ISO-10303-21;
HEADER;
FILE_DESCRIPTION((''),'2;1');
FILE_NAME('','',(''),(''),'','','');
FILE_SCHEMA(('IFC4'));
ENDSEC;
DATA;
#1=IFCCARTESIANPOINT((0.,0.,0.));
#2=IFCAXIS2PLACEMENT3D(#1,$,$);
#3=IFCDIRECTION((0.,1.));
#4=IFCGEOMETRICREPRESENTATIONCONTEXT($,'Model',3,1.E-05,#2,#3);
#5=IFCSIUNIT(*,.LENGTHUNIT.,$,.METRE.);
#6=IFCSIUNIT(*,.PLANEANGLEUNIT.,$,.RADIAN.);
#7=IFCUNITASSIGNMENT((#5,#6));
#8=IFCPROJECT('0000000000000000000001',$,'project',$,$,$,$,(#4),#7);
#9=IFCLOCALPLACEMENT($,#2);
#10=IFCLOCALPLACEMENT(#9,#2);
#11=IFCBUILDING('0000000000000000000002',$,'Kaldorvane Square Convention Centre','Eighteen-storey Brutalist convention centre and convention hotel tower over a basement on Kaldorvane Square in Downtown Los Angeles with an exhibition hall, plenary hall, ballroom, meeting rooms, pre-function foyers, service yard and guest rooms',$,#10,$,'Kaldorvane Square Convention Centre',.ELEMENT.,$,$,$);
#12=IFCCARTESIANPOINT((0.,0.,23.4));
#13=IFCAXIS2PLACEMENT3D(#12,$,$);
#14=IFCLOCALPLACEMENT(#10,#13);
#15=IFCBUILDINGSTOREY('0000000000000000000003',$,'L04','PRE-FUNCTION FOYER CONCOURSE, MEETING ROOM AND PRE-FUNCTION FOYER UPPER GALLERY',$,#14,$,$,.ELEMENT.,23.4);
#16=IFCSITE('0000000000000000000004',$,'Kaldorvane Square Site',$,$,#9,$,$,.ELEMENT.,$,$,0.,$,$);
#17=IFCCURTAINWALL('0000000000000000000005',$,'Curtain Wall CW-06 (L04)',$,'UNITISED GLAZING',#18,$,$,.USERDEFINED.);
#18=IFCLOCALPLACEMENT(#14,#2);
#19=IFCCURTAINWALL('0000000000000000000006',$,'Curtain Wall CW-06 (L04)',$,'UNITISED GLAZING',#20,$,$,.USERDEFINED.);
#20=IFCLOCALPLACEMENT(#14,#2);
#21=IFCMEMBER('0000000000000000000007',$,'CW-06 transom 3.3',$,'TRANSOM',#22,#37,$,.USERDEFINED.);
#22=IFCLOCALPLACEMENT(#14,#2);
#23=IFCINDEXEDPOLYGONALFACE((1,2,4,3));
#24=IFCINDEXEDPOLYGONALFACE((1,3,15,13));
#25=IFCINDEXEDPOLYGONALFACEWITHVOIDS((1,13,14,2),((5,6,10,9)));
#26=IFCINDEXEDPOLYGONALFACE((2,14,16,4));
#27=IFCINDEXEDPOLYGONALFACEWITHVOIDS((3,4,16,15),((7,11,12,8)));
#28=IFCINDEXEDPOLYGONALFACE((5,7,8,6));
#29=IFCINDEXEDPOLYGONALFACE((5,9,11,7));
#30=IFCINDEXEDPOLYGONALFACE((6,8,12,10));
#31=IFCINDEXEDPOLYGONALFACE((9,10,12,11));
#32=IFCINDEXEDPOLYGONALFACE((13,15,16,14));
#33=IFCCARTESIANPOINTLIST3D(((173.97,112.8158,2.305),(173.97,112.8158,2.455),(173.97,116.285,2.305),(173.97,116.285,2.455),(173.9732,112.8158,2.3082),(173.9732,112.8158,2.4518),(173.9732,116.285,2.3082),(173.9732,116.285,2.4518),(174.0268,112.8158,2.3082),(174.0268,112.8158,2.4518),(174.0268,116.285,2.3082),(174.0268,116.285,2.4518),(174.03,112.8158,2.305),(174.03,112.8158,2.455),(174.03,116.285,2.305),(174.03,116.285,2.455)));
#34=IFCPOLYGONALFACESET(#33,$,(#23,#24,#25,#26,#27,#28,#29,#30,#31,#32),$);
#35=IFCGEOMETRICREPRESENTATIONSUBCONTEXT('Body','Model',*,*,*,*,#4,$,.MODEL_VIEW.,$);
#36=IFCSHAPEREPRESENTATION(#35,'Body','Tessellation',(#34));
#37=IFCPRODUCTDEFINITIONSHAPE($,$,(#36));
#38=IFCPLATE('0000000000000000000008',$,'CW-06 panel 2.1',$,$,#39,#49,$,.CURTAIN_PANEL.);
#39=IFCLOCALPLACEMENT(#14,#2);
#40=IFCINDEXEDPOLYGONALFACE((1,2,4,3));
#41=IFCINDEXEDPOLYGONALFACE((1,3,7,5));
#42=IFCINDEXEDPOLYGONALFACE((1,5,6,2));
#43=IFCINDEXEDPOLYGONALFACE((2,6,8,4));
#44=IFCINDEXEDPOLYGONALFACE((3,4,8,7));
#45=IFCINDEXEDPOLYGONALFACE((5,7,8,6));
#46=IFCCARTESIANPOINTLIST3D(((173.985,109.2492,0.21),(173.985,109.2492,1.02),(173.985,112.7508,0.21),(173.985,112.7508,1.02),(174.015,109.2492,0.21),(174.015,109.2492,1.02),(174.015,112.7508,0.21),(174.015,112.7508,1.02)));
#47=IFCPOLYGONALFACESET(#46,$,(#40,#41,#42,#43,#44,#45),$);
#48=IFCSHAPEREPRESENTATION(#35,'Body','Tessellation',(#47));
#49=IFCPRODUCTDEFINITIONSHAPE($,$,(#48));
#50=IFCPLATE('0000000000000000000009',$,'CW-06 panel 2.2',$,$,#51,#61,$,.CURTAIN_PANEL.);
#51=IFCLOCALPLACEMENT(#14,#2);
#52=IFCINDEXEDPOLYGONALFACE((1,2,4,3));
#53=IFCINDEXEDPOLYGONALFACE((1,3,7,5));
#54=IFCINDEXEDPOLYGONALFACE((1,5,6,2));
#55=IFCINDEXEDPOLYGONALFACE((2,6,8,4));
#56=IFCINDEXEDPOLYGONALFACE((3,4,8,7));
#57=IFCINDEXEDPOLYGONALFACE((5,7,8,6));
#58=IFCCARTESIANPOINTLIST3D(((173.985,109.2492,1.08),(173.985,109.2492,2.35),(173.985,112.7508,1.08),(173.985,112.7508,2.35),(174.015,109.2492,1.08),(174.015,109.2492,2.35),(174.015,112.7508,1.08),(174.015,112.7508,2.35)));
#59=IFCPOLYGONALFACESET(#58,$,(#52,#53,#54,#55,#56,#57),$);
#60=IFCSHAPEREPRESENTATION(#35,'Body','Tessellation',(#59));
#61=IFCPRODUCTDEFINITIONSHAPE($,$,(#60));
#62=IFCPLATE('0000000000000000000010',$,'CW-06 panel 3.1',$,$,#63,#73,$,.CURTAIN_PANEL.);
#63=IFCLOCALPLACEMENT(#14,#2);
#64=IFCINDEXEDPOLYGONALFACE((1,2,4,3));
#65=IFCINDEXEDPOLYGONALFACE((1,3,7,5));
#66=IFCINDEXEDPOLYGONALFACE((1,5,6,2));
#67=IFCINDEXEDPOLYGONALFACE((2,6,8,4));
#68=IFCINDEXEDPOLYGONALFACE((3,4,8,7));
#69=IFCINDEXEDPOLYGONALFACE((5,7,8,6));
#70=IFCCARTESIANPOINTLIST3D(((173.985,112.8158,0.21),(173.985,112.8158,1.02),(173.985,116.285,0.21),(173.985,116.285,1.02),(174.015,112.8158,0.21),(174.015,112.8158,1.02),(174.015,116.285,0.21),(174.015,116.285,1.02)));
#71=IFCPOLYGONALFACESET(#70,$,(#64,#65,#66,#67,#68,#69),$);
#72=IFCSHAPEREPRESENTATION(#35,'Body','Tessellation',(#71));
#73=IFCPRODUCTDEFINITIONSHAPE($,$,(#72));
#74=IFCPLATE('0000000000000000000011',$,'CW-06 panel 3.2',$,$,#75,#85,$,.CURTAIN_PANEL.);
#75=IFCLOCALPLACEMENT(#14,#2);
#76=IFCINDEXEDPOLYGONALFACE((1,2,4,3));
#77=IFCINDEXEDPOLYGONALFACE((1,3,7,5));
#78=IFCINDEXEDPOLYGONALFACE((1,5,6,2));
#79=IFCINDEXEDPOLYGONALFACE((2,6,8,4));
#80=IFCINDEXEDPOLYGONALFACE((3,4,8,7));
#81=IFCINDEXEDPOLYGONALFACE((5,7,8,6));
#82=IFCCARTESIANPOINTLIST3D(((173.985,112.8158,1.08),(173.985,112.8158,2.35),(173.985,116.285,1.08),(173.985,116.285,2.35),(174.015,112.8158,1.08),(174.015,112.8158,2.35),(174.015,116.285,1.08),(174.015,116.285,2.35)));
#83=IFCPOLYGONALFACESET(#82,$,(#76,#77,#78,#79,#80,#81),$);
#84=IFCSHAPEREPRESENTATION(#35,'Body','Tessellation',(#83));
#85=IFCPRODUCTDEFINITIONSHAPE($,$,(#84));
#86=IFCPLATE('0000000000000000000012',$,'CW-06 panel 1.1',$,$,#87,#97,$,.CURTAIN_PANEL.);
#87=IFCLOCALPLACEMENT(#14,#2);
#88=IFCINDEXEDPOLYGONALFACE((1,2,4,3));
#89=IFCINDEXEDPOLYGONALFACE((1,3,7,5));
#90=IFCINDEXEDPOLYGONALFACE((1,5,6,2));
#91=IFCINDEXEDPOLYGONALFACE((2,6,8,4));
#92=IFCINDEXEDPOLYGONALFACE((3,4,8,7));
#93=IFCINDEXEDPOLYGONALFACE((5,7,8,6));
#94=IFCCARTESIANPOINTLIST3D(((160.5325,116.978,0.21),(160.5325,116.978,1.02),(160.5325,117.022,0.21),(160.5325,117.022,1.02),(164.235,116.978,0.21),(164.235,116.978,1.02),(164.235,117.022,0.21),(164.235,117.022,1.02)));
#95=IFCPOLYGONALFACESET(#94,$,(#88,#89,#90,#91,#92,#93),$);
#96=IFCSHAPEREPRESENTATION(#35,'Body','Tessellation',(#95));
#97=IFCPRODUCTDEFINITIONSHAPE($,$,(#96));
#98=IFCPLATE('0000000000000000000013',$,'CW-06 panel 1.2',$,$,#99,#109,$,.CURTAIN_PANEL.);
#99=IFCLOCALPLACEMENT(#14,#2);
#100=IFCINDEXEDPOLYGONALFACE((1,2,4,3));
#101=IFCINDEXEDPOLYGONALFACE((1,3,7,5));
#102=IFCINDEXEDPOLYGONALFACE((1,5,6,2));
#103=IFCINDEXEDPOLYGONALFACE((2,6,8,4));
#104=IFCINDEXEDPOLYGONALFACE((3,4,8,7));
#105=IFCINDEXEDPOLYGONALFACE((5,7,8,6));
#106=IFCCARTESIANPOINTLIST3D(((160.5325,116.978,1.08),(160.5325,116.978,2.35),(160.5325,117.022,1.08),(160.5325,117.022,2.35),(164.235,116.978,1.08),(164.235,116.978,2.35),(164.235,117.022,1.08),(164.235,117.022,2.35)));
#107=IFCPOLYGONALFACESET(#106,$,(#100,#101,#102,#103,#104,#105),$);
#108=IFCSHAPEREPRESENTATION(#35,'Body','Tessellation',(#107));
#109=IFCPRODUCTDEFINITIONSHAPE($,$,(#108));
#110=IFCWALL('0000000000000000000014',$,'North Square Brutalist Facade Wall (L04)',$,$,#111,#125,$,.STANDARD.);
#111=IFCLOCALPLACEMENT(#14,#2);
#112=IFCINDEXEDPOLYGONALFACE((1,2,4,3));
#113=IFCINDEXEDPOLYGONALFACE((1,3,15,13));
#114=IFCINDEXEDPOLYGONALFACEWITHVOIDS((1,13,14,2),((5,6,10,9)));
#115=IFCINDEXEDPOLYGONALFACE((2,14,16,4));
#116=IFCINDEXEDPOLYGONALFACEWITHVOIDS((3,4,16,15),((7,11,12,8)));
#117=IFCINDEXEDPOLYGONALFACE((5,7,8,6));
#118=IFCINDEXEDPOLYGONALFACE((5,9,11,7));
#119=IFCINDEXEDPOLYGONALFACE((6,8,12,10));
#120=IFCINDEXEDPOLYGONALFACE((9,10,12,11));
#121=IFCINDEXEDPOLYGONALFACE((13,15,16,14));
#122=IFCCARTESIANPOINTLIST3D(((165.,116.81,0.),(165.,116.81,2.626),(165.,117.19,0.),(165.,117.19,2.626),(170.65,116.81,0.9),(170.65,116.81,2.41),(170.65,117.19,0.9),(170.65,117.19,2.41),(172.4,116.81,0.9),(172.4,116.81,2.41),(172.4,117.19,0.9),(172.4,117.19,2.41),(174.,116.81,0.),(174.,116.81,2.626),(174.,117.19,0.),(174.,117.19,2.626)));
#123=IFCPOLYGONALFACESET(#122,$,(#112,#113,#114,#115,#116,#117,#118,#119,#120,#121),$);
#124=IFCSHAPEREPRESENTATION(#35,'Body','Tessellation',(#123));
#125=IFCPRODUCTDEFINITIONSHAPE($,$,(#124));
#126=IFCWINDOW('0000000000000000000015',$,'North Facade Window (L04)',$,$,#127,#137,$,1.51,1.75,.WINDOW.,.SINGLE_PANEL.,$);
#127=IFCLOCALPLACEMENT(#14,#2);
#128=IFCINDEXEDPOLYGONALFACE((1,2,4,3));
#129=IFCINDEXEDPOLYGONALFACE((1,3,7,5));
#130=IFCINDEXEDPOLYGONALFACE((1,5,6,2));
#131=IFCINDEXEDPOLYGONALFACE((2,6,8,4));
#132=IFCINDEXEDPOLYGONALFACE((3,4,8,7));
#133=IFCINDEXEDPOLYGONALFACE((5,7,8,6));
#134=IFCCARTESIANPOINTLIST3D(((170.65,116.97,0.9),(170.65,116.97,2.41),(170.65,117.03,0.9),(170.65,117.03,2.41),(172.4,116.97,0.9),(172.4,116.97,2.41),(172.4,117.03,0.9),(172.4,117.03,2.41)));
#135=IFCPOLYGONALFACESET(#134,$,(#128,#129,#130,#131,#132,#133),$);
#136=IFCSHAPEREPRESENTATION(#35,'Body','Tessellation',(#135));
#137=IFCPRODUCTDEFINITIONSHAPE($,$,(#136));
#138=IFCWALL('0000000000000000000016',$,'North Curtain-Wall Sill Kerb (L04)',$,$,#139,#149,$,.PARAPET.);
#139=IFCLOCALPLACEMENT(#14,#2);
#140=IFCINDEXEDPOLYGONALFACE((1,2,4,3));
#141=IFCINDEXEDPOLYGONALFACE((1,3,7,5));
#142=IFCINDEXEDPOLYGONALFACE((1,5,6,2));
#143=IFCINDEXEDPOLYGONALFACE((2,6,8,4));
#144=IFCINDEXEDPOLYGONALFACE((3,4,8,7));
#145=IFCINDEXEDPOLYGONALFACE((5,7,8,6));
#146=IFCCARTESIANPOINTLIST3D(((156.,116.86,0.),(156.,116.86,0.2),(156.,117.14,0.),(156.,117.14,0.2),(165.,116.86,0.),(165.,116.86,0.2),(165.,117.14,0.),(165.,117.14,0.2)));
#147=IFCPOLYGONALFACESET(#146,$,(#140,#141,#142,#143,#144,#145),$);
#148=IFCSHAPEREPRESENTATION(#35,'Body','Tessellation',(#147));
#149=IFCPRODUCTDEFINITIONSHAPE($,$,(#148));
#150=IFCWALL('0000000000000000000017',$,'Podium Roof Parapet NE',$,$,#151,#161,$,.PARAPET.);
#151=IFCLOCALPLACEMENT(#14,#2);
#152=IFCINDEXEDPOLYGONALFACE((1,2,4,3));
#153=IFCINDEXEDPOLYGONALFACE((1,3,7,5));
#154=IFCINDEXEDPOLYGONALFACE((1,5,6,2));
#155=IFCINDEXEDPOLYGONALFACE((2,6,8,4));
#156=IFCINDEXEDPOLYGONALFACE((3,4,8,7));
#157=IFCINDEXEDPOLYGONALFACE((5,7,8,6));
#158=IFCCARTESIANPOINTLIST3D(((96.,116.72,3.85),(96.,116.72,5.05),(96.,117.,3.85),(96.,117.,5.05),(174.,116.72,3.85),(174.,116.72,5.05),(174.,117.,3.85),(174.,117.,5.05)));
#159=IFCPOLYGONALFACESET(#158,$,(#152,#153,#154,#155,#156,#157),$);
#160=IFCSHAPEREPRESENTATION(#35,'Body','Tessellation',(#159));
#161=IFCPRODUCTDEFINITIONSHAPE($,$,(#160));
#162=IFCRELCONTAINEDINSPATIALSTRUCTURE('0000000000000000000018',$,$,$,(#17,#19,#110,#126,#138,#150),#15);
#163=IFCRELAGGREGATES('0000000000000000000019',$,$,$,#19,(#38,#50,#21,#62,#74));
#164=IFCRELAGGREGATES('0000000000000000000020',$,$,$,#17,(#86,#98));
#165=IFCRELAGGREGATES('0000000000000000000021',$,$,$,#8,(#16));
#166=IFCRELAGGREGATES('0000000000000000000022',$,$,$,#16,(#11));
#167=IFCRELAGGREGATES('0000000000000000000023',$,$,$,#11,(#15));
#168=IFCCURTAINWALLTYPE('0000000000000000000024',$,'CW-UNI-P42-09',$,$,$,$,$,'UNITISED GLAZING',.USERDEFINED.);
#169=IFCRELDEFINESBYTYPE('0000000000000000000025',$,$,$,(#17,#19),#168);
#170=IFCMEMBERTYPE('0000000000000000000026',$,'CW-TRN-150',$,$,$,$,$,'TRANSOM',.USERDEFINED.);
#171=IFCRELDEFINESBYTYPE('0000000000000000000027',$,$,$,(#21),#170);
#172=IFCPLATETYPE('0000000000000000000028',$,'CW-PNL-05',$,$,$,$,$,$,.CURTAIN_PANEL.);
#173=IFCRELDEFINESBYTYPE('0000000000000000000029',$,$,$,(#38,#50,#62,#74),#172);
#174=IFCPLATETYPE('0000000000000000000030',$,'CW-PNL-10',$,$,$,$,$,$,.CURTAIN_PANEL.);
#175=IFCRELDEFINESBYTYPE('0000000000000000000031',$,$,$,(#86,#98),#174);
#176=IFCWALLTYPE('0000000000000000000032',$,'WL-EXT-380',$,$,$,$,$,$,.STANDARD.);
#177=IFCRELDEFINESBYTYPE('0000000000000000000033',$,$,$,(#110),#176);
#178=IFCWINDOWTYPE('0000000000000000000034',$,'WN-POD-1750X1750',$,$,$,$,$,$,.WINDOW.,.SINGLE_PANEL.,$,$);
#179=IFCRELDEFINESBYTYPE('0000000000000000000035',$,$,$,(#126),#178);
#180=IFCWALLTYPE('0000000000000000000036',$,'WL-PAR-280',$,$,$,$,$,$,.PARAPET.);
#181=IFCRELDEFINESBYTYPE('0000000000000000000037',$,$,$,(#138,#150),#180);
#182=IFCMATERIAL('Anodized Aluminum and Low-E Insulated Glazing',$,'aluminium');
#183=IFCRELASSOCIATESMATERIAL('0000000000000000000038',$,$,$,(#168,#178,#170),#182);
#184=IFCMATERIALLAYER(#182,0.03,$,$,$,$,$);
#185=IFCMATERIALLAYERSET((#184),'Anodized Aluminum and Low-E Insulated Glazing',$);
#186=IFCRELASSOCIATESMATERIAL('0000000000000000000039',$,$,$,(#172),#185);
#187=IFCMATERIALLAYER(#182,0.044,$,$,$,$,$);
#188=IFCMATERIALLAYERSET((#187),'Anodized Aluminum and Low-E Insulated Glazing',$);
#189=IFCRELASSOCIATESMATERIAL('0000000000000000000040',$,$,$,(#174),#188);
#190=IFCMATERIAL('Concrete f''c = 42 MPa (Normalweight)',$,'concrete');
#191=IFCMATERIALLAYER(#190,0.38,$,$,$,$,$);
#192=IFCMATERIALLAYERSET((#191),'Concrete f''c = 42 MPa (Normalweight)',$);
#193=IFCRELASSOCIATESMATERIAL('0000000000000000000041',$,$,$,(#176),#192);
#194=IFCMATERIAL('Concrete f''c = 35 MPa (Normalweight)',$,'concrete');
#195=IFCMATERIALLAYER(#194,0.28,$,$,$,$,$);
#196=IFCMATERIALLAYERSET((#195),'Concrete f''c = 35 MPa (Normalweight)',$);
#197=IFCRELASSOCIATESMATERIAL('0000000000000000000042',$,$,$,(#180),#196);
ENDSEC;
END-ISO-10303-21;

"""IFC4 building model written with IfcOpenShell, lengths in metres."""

from ifc_helpers import new_model, si_unit, direction, frame, frame_2d, origin, origin_2d, place, context, subcontext, project, spatial, rectangle, hollow_rectangle, extrude, material, layer, layer_set, material_profile, profile_set, type_object, element, fill, aggregate, save


model = new_model("IFC4")

# Units and contexts
model_context = context("Model", 3, precision=1e-05, world=origin(), true_north=direction((0.0, 1.0)))
body_context = subcontext(model_context, "Body", "Model", "MODEL_VIEW")
ifc_project = project(units=[si_unit("LENGTHUNIT", "METRE"), si_unit("PLANEANGLEUNIT", "RADIAN")], contexts=[model_context])

# Site, building, storey
site_placement = place(None, origin())
site = spatial("IfcSite", under=ifc_project, at=site_placement, Name="Kaldorvane Square Site", CompositionType="ELEMENT", RefElevation=0.0)
building_placement = place(site_placement, origin())
building = spatial("IfcBuilding", under=site, at=building_placement, Name="Kaldorvane Square Convention Centre", Description="Eighteen-storey Brutalist convention centre and convention hotel tower over a basement on Kaldorvane Square in Downtown Los Angeles with an exhibition hall, plenary hall, ballroom, meeting rooms, pre-function foyers, service yard and guest rooms", LongName="Kaldorvane Square Convention Centre", CompositionType="ELEMENT")
storey_placement = place(building_placement, frame((0.0, 0.0, 23.4)))
storey = spatial("IfcBuildingStorey", under=building, at=storey_placement, Name="L04", Description="PRE-FUNCTION FOYER CONCOURSE, MEETING ROOM AND PRE-FUNCTION FOYER UPPER GALLERY", CompositionType="ELEMENT", Elevation=23.4)

# Shared definitions
ifc_material_1 = material(Name="Concrete f'c = 42 MPa (Normalweight)", Category="concrete")

# Curtain walls
ifc_material_2 = material(Name="Anodized Aluminum and Low-E Insulated Glazing", Category="aluminium")
curtain_wall_type = type_object("IfcCurtainWallType", Name="CW-UNI-P42-09", ElementType="UNITISED GLAZING", PredefinedType="USERDEFINED", material=ifc_material_2)
curtain_wall_1_placement = place(storey_placement, origin())
curtain_wall_1 = element("IfcCurtainWall", 1, at=curtain_wall_1_placement, inside=storey, type_object=curtain_wall_type, Name="Curtain Wall CW-06 (L04)", ObjectType="UNITISED GLAZING", PredefinedType="USERDEFINED")
curtain_wall_2_placement = place(storey_placement, origin())
curtain_wall_2 = element("IfcCurtainWall", 2, at=curtain_wall_2_placement, inside=storey, type_object=curtain_wall_type, Name="Curtain Wall CW-06 (L04)", ObjectType="UNITISED GLAZING", PredefinedType="USERDEFINED")

# Member
ifc_material_profile_1 = material_profile(ifc_material_2, hollow_rectangle(XDim=0.06, YDim=0.15, WallThickness=0.0032, at=origin_2d()), Name="CWT-150X60")
ifc_profile_set_1 = profile_set([ifc_material_profile_1], Name="Anodized Aluminum and Low-E Insulated Glazing")
member_type_1 = type_object("IfcMemberType", Name="CW-TRN-150", ElementType="TRANSOM", PredefinedType="USERDEFINED", material=ifc_profile_set_1)
member_1_placement = place(storey_placement, frame((174.0, 112.8158, 2.38), z_axis=(0.0, 1.0, 0.0), x_axis=(-1.0, 0.0, 0.0)))
member_1 = element("IfcMember", 3, at=member_1_placement, type_object=member_type_1, Name="CW-06 transom 3.3", ObjectType="TRANSOM", PredefinedType="USERDEFINED", context=body_context, shape_type="SweptSolid", body=[
    extrude(hollow_rectangle(XDim=0.06, YDim=0.15, WallThickness=0.0032, at=origin_2d()), origin(), (0.0, 0.0, 1.0), 3.4692),
])

# Plates
ifc_layer_1 = layer(ifc_material_2, 0.03)
ifc_layer_set_1 = layer_set([ifc_layer_1], Name="Anodized Aluminum and Low-E Insulated Glazing")
plate_type_1 = type_object("IfcPlateType", Name="CW-PNL-05", PredefinedType="CURTAIN_PANEL", material=ifc_layer_set_1)
plate_1_placement = place(storey_placement, frame((174.0, 111.0, 0.21), z_axis=(0.0, 0.0, 1.0), x_axis=(0.0, 1.0, 0.0)))
plate_1 = element("IfcPlate", 4, at=plate_1_placement, type_object=plate_type_1, Name="CW-06 panel 2.1", PredefinedType="CURTAIN_PANEL", context=body_context, shape_type="SweptSolid", body=[
    extrude(rectangle(XDim=3.5017, YDim=0.03, at=origin_2d()), origin(), (0.0, 0.0, 1.0), 0.81),
])
plate_2_placement = place(storey_placement, frame((174.0, 111.0, 1.08), z_axis=(0.0, 0.0, 1.0), x_axis=(0.0, 1.0, 0.0)))
plate_2 = element("IfcPlate", 5, at=plate_2_placement, type_object=plate_type_1, Name="CW-06 panel 2.2", PredefinedType="CURTAIN_PANEL", context=body_context, shape_type="SweptSolid", body=[
    extrude(rectangle(XDim=3.5017, YDim=0.03, at=origin_2d()), origin(), (0.0, 0.0, 1.0), 1.27),
])
plate_3_placement = place(storey_placement, frame((174.0, 114.5504, 0.21), z_axis=(0.0, 0.0, 1.0), x_axis=(0.0, 1.0, 0.0)))
plate_3 = element("IfcPlate", 6, at=plate_3_placement, type_object=plate_type_1, Name="CW-06 panel 3.1", PredefinedType="CURTAIN_PANEL", context=body_context, shape_type="SweptSolid", body=[
    extrude(rectangle(XDim=3.4692, YDim=0.03, at=origin_2d()), origin(), (0.0, 0.0, 1.0), 0.81),
])
plate_4_placement = place(storey_placement, frame((174.0, 114.5504, 1.08), z_axis=(0.0, 0.0, 1.0), x_axis=(0.0, 1.0, 0.0)))
plate_4 = element("IfcPlate", 7, at=plate_4_placement, type_object=plate_type_1, Name="CW-06 panel 3.2", PredefinedType="CURTAIN_PANEL", context=body_context, shape_type="SweptSolid", body=[
    extrude(rectangle(XDim=3.4692, YDim=0.03, at=origin_2d()), origin(), (0.0, 0.0, 1.0), 1.27),
])
aggregate(curtain_wall_2, [plate_1, plate_2, member_1, plate_3, plate_4])
ifc_layer_2 = layer(ifc_material_2, 0.044)
ifc_layer_set_2 = layer_set([ifc_layer_2], Name="Anodized Aluminum and Low-E Insulated Glazing")
plate_type_2 = type_object("IfcPlateType", Name="CW-PNL-10", PredefinedType="CURTAIN_PANEL", material=ifc_layer_set_2)
plate_5_placement = place(storey_placement, frame((162.3837, 117.0, 0.21), z_axis=(0.0, 0.0, 1.0), x_axis=(-1.0, 0.0, 0.0)))
plate_5 = element("IfcPlate", 8, at=plate_5_placement, type_object=plate_type_2, Name="CW-06 panel 1.1", PredefinedType="CURTAIN_PANEL", context=body_context, shape_type="SweptSolid", body=[
    extrude(rectangle(XDim=3.7025, YDim=0.044, at=origin_2d()), origin(), (0.0, 0.0, 1.0), 0.81),
])
plate_6_placement = place(storey_placement, frame((162.3837, 117.0, 1.08), z_axis=(0.0, 0.0, 1.0), x_axis=(-1.0, 0.0, 0.0)))
plate_6 = element("IfcPlate", 9, at=plate_6_placement, type_object=plate_type_2, Name="CW-06 panel 1.2", PredefinedType="CURTAIN_PANEL", context=body_context, shape_type="SweptSolid", body=[
    extrude(rectangle(XDim=3.7025, YDim=0.044, at=origin_2d()), origin(), (0.0, 0.0, 1.0), 1.27),
])
aggregate(curtain_wall_1, [plate_5, plate_6])

# Wall, opening, window
ifc_layer_3 = layer(ifc_material_1, 0.38)
ifc_layer_set_3 = layer_set([ifc_layer_3], Name="Concrete f'c = 42 MPa (Normalweight)")
wall_type_1 = type_object("IfcWallType", Name="WL-EXT-380", PredefinedType="STANDARD", material=ifc_layer_set_3)
wall_1_placement = place(storey_placement, frame((174.0, 117.0, 0.0), z_axis=(0.0, 0.0, 1.0), x_axis=(-1.0, 0.0, 0.0)))
wall_1 = element("IfcWall", 10, at=wall_1_placement, inside=storey, type_object=wall_type_1, Name="North Square Brutalist Facade Wall (L04)", PredefinedType="STANDARD", context=body_context, shape_type="SweptSolid", body=[
    extrude(rectangle(XDim=9.0, YDim=0.38, at=frame_2d((4.5, 0.0))), origin(), (0.0, 0.0, 1.0), 2.626),
])
opening_placement = place(wall_1_placement, frame((1.6, 0.0, 0.9)))
opening = element("IfcOpeningElement", 11, at=opening_placement, cuts=wall_1, PredefinedType="OPENING", context=body_context, shape_type="SweptSolid", body=[
    extrude(rectangle(XDim=1.75, YDim=1.51, at=frame_2d((0.875, 0.755))), frame((0.0, 0.205, 0.0), z_axis=(0.0, -1.0, 0.0), x_axis=(1.0, 0.0, 0.0)), (0.0, 0.0, 1.0), 0.41),
])
window_type = type_object("IfcWindowType", Name="WN-POD-1750X1750", PartitioningType="SINGLE_PANEL", PredefinedType="WINDOW", material=ifc_material_2)
window_placement = place(opening_placement, origin())
window = element("IfcWindow", 12, at=window_placement, inside=storey, type_object=window_type, Name="North Facade Window (L04)", OverallHeight=1.51, OverallWidth=1.75, PartitioningType="SINGLE_PANEL", PredefinedType="WINDOW", context=body_context, shape_type="SweptSolid", body=[
    extrude(rectangle(XDim=1.75, YDim=1.51, at=frame_2d((0.875, 0.755))), frame((0.0, 0.03, 0.0), z_axis=(0.0, -1.0, 0.0), x_axis=(1.0, 0.0, 0.0)), (0.0, 0.0, 1.0), 0.06),
])
fill(opening, window)

# Walls
ifc_material_3 = material(Name="Concrete f'c = 35 MPa (Normalweight)", Category="concrete")
ifc_layer_4 = layer(ifc_material_3, 0.28)
ifc_layer_set_4 = layer_set([ifc_layer_4], Name="Concrete f'c = 35 MPa (Normalweight)")
wall_type_2 = type_object("IfcWallType", Name="WL-PAR-280", PredefinedType="PARAPET", material=ifc_layer_set_4)
wall_2_placement = place(storey_placement, frame((165.0, 117.0, 0.0), z_axis=(0.0, 0.0, 1.0), x_axis=(-1.0, 0.0, 0.0)))
element("IfcWall", 13, at=wall_2_placement, inside=storey, type_object=wall_type_2, Name="North Curtain-Wall Sill Kerb (L04)", PredefinedType="PARAPET", context=body_context, shape_type="SweptSolid", body=[
    extrude(rectangle(XDim=9.0, YDim=0.28, at=frame_2d((4.5, 0.0))), origin(), (0.0, 0.0, 1.0), 0.2),
])
wall_3_placement = place(storey_placement, frame((174.0, 116.86, 3.85), z_axis=(0.0, 0.0, 1.0), x_axis=(-1.0, 0.0, 0.0)))
element("IfcWall", 14, at=wall_3_placement, inside=storey, type_object=wall_type_2, Name="Podium Roof Parapet NE", PredefinedType="PARAPET", context=body_context, shape_type="SweptSolid", body=[
    extrude(rectangle(XDim=78.0, YDim=0.28, at=frame_2d((39.0, 0.0))), origin(), (0.0, 0.0, 1.0), 1.2),
])

save(model, "model.ifc")
